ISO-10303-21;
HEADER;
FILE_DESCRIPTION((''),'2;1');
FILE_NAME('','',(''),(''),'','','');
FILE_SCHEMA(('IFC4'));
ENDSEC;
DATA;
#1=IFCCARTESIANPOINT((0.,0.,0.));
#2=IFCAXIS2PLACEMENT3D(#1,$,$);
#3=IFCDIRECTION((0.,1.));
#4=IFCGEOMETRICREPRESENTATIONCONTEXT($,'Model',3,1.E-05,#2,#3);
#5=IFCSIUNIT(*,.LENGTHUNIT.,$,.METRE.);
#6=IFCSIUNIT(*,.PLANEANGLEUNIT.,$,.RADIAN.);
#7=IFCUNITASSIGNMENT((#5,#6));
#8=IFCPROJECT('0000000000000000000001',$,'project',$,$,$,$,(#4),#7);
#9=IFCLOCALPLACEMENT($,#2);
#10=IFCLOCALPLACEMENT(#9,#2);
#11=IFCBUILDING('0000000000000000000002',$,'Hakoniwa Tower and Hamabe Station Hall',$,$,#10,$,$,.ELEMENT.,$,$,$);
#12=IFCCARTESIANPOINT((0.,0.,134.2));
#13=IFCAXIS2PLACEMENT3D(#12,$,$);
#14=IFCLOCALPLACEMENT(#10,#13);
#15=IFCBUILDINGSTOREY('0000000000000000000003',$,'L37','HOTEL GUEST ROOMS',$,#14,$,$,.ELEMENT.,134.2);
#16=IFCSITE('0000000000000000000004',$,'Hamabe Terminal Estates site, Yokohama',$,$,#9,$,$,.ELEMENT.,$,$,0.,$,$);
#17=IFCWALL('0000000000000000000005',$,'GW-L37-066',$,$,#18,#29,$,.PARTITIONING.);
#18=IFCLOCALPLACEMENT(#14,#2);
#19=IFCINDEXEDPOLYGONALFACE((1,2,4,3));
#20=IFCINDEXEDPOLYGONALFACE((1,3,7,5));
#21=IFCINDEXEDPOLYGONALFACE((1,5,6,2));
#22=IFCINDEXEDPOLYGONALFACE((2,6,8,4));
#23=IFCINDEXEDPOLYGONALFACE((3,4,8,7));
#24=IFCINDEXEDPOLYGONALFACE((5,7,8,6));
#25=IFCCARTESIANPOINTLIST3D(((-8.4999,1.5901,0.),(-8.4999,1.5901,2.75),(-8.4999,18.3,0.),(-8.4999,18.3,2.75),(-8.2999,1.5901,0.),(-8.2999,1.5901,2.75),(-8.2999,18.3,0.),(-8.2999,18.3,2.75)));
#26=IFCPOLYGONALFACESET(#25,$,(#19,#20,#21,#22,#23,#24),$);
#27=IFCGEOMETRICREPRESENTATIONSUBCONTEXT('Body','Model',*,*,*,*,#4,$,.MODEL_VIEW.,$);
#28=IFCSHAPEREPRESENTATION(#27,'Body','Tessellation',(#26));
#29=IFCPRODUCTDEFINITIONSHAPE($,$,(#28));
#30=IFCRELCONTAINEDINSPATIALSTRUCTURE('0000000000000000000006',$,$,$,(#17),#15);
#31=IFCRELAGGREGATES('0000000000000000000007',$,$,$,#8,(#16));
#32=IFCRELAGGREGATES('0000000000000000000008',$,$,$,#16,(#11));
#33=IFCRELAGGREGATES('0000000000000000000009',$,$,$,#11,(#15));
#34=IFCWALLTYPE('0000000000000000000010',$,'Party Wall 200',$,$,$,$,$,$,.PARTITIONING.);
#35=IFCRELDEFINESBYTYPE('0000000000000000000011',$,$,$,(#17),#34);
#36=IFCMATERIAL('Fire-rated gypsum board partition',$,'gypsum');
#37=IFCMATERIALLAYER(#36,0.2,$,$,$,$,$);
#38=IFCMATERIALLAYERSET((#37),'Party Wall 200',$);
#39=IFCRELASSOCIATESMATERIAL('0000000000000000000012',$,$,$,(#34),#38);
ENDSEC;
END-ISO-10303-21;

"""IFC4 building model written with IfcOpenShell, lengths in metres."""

from ifc_helpers import new_model, si_unit, direction, frame, frame_2d, origin, place, context, subcontext, project, spatial, rectangle, extrude, material, layer, layer_set, type_object, element, save


model = new_model("IFC4")

# Units and contexts
model_context = context("Model", 3, precision=1e-05, world=origin(), true_north=direction((0.0, 1.0)))
body_context = subcontext(model_context, "Body", "Model", "MODEL_VIEW")
ifc_project = project(units=[si_unit("LENGTHUNIT", "METRE"), si_unit("PLANEANGLEUNIT", "RADIAN")], contexts=[model_context])

# Site, building, storey
site_placement = place(None, origin())
site = spatial("IfcSite", under=ifc_project, at=site_placement, Name="Hamabe Terminal Estates site, Yokohama", CompositionType="ELEMENT", RefElevation=0.0)
building_placement = place(site_placement, origin())
building = spatial("IfcBuilding", under=site, at=building_placement, Name="Hakoniwa Tower and Hamabe Station Hall", CompositionType="ELEMENT")
storey_placement = place(building_placement, frame((0.0, 0.0, 134.2)))
storey = spatial("IfcBuildingStorey", under=building, at=storey_placement, Name="L37", Description="HOTEL GUEST ROOMS", CompositionType="ELEMENT", Elevation=134.2)

# Wall
ifc_material_1 = material(Name="Fire-rated gypsum board partition", Category="gypsum")
ifc_layer_1 = layer(ifc_material_1, 0.2)
ifc_layer_set_1 = layer_set([ifc_layer_1], Name="Party Wall 200")
wall_type_1 = type_object("IfcWallType", Name="Party Wall 200", PredefinedType="PARTITIONING", material=ifc_layer_set_1)
wall_1_placement = place(storey_placement, frame((-8.3999, 1.5901, 0.0), z_axis=(0.0, 0.0, 1.0), x_axis=(0.0, 1.0, 0.0)))
element("IfcWall", 1, at=wall_1_placement, inside=storey, type_object=wall_type_1, Name="GW-L37-066", PredefinedType="PARTITIONING", context=body_context, shape_type="SweptSolid", body=[
    extrude(rectangle(XDim=16.71, YDim=0.2, at=frame_2d((8.355, 0.0))), origin(), (0.0, 0.0, 1.0), 2.75),
])

save(model, "model.ifc")
